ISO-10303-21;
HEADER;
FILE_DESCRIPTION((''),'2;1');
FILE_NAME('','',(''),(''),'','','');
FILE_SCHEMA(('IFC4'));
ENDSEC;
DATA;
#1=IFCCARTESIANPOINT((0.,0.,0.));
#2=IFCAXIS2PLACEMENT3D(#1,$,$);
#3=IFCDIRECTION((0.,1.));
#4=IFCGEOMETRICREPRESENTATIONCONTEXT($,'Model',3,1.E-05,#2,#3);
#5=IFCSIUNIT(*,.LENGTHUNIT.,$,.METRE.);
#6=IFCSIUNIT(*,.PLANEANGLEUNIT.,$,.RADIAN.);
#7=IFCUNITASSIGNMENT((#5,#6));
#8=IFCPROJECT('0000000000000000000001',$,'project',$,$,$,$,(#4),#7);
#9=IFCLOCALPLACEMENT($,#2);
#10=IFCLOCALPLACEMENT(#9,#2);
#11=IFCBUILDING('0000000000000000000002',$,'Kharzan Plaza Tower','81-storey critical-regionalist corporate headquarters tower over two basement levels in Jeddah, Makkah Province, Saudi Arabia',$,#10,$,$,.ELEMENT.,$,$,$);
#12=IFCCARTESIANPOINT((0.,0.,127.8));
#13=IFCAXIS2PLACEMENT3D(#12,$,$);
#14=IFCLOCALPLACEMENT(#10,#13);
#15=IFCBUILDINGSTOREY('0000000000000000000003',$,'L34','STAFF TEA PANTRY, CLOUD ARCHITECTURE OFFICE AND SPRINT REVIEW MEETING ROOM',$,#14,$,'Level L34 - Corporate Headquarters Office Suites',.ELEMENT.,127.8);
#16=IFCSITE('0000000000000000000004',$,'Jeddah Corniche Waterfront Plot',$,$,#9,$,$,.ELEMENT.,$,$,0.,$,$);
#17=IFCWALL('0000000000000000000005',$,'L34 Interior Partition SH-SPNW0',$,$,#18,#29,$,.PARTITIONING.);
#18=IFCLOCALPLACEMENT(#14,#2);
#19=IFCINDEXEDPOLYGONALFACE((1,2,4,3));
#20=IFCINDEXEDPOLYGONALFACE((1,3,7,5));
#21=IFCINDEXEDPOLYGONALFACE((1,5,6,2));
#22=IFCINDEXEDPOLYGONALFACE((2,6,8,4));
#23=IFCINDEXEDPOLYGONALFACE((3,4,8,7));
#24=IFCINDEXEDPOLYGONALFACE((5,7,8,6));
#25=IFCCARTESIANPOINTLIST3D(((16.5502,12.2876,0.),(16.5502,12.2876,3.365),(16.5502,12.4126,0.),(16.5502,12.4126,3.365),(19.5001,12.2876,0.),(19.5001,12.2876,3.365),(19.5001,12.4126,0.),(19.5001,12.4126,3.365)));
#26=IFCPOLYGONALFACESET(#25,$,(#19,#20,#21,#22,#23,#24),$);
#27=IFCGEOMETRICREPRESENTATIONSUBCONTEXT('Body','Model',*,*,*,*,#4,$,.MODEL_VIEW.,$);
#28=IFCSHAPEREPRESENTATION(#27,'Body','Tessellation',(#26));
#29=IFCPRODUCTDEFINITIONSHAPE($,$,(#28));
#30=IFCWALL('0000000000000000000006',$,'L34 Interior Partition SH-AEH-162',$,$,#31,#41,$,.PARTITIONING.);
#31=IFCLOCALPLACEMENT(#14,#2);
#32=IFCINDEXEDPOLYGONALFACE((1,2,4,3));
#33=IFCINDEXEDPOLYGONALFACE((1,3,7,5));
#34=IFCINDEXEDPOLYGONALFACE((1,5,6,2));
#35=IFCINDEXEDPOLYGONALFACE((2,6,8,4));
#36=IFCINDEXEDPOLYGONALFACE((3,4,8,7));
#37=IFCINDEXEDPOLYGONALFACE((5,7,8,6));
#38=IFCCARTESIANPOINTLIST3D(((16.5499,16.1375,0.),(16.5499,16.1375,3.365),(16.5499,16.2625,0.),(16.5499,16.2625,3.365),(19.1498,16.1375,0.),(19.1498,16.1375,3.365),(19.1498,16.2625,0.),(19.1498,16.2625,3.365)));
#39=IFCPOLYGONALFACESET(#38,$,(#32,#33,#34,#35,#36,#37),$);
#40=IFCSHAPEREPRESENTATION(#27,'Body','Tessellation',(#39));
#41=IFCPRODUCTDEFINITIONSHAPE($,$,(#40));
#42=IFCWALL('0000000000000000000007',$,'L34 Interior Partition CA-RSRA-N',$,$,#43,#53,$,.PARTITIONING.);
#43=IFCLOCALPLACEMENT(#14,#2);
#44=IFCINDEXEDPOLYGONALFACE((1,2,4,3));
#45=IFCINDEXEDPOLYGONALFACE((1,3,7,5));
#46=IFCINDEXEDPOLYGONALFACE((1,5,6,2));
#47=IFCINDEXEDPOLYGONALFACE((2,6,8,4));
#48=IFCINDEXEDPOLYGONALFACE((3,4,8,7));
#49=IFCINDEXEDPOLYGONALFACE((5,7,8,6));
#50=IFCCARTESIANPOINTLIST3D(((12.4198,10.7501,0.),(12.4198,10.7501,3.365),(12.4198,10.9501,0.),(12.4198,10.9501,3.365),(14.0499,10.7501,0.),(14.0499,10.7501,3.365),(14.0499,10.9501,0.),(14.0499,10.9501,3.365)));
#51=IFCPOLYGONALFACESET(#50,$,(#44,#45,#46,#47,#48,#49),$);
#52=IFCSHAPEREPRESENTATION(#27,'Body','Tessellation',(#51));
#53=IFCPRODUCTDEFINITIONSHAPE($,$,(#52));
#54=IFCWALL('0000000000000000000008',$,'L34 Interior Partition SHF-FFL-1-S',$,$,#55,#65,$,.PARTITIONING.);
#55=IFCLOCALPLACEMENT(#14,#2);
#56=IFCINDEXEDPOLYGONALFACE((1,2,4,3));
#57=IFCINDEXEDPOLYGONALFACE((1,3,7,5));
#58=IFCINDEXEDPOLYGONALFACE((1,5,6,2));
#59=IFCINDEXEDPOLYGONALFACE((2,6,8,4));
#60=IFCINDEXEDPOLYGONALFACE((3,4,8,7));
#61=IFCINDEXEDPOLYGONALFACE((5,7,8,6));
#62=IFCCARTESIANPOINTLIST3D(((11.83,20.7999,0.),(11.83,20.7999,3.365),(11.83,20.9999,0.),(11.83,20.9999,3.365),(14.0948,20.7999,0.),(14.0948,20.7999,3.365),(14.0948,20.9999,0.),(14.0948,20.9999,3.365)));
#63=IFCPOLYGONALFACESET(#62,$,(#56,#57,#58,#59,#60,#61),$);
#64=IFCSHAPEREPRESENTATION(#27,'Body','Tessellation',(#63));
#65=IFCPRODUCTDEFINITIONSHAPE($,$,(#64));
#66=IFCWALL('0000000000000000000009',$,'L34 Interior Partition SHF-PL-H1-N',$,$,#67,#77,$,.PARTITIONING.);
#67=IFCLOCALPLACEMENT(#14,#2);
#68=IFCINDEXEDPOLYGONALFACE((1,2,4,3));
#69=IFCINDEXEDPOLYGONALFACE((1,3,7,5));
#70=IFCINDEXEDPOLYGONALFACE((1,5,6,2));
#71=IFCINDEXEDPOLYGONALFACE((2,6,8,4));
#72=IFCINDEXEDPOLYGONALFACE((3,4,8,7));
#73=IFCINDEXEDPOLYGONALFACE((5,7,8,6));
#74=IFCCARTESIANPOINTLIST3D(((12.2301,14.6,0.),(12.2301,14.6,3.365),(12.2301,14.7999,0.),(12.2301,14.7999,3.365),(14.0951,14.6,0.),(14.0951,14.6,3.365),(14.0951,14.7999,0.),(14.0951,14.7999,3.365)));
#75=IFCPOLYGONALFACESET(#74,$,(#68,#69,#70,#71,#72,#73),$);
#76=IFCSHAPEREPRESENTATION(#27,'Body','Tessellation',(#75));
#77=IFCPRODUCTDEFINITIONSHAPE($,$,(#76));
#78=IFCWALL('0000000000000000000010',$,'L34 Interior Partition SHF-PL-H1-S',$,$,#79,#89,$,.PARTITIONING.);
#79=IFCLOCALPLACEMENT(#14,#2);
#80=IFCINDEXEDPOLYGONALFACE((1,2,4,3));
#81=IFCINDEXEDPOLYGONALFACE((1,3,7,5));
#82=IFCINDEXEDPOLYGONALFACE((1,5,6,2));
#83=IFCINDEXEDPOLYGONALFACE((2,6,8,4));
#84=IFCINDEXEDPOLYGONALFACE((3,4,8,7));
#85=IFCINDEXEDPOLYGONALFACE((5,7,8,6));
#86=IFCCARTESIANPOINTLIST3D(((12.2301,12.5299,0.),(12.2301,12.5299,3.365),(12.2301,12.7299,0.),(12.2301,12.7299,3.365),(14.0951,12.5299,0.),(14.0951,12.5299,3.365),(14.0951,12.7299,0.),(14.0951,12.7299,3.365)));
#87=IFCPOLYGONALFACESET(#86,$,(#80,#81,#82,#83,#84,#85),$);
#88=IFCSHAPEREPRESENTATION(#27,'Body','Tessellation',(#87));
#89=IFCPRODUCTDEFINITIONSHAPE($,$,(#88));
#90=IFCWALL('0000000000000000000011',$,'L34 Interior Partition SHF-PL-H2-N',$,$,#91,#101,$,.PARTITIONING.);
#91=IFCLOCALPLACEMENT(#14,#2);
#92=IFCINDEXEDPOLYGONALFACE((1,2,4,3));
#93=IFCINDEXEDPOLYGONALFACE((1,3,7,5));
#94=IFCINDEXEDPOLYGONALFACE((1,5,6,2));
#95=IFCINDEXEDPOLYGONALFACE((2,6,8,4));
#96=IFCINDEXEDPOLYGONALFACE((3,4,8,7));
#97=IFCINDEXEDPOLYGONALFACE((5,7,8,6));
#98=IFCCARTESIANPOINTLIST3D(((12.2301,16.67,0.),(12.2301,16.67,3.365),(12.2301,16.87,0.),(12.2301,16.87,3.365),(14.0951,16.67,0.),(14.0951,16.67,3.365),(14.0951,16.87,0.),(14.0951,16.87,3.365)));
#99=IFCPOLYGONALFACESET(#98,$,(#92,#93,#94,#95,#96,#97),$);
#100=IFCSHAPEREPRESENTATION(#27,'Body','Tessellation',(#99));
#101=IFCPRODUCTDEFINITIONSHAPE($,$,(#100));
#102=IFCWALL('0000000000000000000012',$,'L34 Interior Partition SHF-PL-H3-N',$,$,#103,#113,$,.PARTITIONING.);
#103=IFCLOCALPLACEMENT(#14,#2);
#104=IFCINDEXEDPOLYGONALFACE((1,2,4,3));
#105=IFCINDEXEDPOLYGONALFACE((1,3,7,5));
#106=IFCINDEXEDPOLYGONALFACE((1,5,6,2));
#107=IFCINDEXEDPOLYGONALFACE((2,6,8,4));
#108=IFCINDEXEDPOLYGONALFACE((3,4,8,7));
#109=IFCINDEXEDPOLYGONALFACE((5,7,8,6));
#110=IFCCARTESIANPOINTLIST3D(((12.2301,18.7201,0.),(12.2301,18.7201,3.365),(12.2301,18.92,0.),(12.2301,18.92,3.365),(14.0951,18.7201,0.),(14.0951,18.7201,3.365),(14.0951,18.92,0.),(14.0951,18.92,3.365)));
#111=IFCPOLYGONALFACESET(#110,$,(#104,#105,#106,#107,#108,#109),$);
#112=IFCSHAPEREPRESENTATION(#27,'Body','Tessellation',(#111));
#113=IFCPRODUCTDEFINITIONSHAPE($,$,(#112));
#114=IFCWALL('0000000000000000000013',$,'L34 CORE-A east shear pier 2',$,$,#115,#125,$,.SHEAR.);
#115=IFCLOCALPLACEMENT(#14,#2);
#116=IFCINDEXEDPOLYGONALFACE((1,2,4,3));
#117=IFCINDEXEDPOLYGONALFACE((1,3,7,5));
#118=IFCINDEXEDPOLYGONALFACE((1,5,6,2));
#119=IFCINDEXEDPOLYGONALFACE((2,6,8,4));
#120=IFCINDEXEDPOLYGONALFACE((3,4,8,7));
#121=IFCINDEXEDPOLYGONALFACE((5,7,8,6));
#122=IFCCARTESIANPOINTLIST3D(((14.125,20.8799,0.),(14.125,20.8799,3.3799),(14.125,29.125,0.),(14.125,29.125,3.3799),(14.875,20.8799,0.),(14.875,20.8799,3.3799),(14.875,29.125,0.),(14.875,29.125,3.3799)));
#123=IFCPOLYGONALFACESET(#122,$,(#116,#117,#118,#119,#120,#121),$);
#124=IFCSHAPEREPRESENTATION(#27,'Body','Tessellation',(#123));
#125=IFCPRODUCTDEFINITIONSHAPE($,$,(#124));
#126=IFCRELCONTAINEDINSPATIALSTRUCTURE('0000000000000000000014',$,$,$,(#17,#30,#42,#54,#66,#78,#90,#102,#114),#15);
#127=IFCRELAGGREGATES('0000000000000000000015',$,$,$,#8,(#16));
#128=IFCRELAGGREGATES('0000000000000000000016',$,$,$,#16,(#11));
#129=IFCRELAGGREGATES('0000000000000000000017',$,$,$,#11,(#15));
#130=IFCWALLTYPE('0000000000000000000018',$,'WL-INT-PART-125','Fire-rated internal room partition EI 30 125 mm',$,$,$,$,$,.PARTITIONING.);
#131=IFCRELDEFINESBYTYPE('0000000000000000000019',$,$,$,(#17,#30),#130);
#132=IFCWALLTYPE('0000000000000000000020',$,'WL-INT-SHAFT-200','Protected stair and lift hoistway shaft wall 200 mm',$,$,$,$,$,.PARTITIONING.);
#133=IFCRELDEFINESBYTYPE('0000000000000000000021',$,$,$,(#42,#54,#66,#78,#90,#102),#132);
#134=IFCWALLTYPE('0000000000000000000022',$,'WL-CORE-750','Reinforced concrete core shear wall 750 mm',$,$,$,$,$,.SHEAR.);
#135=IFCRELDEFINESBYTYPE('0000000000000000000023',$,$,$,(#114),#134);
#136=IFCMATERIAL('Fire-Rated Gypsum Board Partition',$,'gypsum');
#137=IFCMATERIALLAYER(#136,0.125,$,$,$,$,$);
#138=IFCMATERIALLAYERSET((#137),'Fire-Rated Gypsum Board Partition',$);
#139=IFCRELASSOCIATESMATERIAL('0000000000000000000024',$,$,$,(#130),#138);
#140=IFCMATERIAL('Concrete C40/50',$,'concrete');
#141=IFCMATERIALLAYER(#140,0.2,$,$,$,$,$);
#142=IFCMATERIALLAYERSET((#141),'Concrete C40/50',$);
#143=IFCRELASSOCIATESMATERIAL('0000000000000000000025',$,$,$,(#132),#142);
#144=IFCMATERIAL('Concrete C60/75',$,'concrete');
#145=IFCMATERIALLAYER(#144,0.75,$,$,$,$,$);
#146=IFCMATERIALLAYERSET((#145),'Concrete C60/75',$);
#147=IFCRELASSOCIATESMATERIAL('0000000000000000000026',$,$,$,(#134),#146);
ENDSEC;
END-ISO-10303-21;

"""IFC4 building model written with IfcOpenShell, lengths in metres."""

from ifc_helpers import new_model, si_unit, direction, frame, frame_2d, origin, place, context, subcontext, project, spatial, rectangle, extrude, source, transform, mapped, material, layer, layer_set, type_object, element, save


model = new_model("IFC4")

# Units and contexts
model_context = context("Model", 3, precision=1e-05, world=origin(), true_north=direction((0.0, 1.0)))
body_context = subcontext(model_context, "Body", "Model", "MODEL_VIEW")
ifc_project = project(units=[si_unit("LENGTHUNIT", "METRE"), si_unit("PLANEANGLEUNIT", "RADIAN")], contexts=[model_context])

# Site, building, storey
site_placement = place(None, origin())
site = spatial("IfcSite", under=ifc_project, at=site_placement, Name="Jeddah Corniche Waterfront Plot", CompositionType="ELEMENT", RefElevation=0.0)
building_placement = place(site_placement, origin())
building = spatial("IfcBuilding", under=site, at=building_placement, Name="Kharzan Plaza Tower", Description="81-storey critical-regionalist corporate headquarters tower over two basement levels in Jeddah, Makkah Province, Saudi Arabia", CompositionType="ELEMENT")
storey_placement = place(building_placement, frame((0.0, 0.0, 127.8)))
storey = spatial("IfcBuildingStorey", under=building, at=storey_placement, Name="L34", Description="STAFF TEA PANTRY, CLOUD ARCHITECTURE OFFICE AND SPRINT REVIEW MEETING ROOM", LongName="Level L34 - Corporate Headquarters Office Suites", CompositionType="ELEMENT", Elevation=127.8)

# Shared definitions
ifc_material_1 = material(Name="Concrete C60/75", Category="concrete")

# Shared definitions
ifc_material_2 = material(Name="Fire-Rated Gypsum Board Partition", Category="gypsum")
ifc_layer_1 = layer(ifc_material_2, 0.125)
ifc_layer_set_1 = layer_set([ifc_layer_1], Name="Fire-Rated Gypsum Board Partition")
wall_type_1 = type_object("IfcWallType", Name="WL-INT-PART-125", Description="Fire-rated internal room partition EI 30 125 mm", PredefinedType="PARTITIONING", material=ifc_layer_set_1)
ifc_material_3 = material(Name="Concrete C40/50", Category="concrete")
ifc_layer_2 = layer(ifc_material_3, 0.2)
ifc_layer_set_2 = layer_set([ifc_layer_2], Name="Concrete C40/50")
wall_type_2 = type_object("IfcWallType", Name="WL-INT-SHAFT-200", Description="Protected stair and lift hoistway shaft wall 200 mm", PredefinedType="PARTITIONING", material=ifc_layer_set_2)

# Walls
shared_shape_1 = source(origin(), body_context, "Body", "SweptSolid", [
    extrude(rectangle(XDim=2.95, YDim=0.125, at=frame_2d((1.4751, 0.0))), origin(), (0.0, 0.0, 1.0), 3.365),
])
wall_1_placement = place(storey_placement, frame((16.55, 12.3501, 0.0), z_axis=(0.0, 0.0, 1.0), x_axis=(1.0, 0.0, 0.0)))
element("IfcWall", 1, at=wall_1_placement, inside=storey, type_object=wall_type_1, Name="L34 Interior Partition SH-SPNW0", PredefinedType="PARTITIONING", context=body_context, shape_type="MappedRepresentation", body=[
    mapped(shared_shape_1, transform((0.0, 0.0, 0.0), x_axis=(1.0, 0.0, 0.0), y_axis=(0.0, 1.0, 0.0), z_axis=(0.0, 0.0, 1.0))),
])
shared_shape_2 = source(origin(), body_context, "Body", "SweptSolid", [
    extrude(rectangle(XDim=2.5999, YDim=0.125, at=frame_2d((1.2998, 0.0))), origin(), (0.0, 0.0, 1.0), 3.365),
])
wall_2_placement = place(storey_placement, frame((16.55, 16.2, 0.0), z_axis=(0.0, 0.0, 1.0), x_axis=(1.0, 0.0, 0.0)))
element("IfcWall", 2, at=wall_2_placement, inside=storey, type_object=wall_type_1, Name="L34 Interior Partition SH-AEH-162", PredefinedType="PARTITIONING", context=body_context, shape_type="MappedRepresentation", body=[
    mapped(shared_shape_2, transform((0.0, 0.0, 0.0), x_axis=(1.0, 0.0, 0.0), y_axis=(0.0, 1.0, 0.0), z_axis=(0.0, 0.0, 1.0))),
])
shared_shape_3 = source(origin(), body_context, "Body", "SweptSolid", [
    extrude(rectangle(XDim=1.6301, YDim=0.2, at=frame_2d((0.8149, 0.0))), origin(), (0.0, 0.0, 1.0), 3.365),
])
wall_3_placement = place(storey_placement, frame((12.4199, 10.8501, 0.0), z_axis=(0.0, 0.0, 1.0), x_axis=(1.0, 0.0, 0.0)))
element("IfcWall", 3, at=wall_3_placement, inside=storey, type_object=wall_type_2, Name="L34 Interior Partition CA-RSRA-N", PredefinedType="PARTITIONING", context=body_context, shape_type="MappedRepresentation", body=[
    mapped(shared_shape_3, transform((0.0, 0.0, 0.0), x_axis=(1.0, 0.0, 0.0), y_axis=(0.0, 1.0, 0.0), z_axis=(0.0, 0.0, 1.0))),
])
shared_shape_4 = source(origin(), body_context, "Body", "SweptSolid", [
    extrude(rectangle(XDim=2.2649, YDim=0.2, at=frame_2d((1.1323, 0.0))), origin(), (0.0, 0.0, 1.0), 3.365),
])
wall_4_placement = place(storey_placement, frame((11.8301, 20.8999, 0.0), z_axis=(0.0, 0.0, 1.0), x_axis=(1.0, 0.0, 0.0)))
element("IfcWall", 4, at=wall_4_placement, inside=storey, type_object=wall_type_2, Name="L34 Interior Partition SHF-FFL-1-S", PredefinedType="PARTITIONING", context=body_context, shape_type="MappedRepresentation", body=[
    mapped(shared_shape_4, transform((0.0, 0.0, 0.0), x_axis=(1.0, 0.0, 0.0), y_axis=(0.0, 1.0, 0.0), z_axis=(0.0, 0.0, 1.0))),
])
shared_shape_5 = source(origin(), body_context, "Body", "SweptSolid", [
    extrude(rectangle(XDim=1.865, YDim=0.2, at=frame_2d((0.9326, 0.0))), origin(), (0.0, 0.0, 1.0), 3.365),
])
for number, where, z_axis, x_axis, name in (
    (5, (12.23, 14.7, 0.0), (0.0, 0.0, 1.0), (1.0, 0.0, 0.0), "L34 Interior Partition SHF-PL-H1-N"),
    (6, (12.23, 12.6299, 0.0), (0.0, 0.0, 1.0), (1.0, 0.0, 0.0), "L34 Interior Partition SHF-PL-H1-S"),
    (7, (12.23, 16.77, 0.0), (0.0, 0.0, 1.0), (1.0, 0.0, 0.0), "L34 Interior Partition SHF-PL-H2-N"),
    (8, (12.23, 18.8201, 0.0), (0.0, 0.0, 1.0), (1.0, 0.0, 0.0), "L34 Interior Partition SHF-PL-H3-N"),
):
    element("IfcWall", number, at=place(storey_placement, frame(where, z_axis=z_axis, x_axis=x_axis)), inside=storey, type_object=wall_type_2, Name=name, PredefinedType="PARTITIONING", context=body_context, shape_type="MappedRepresentation", body=[
        mapped(shared_shape_5, transform((0.0, 0.0, 0.0), x_axis=(1.0, 0.0, 0.0), y_axis=(0.0, 1.0, 0.0), z_axis=(0.0, 0.0, 1.0))),
    ])
ifc_layer_3 = layer(ifc_material_1, 0.75)
ifc_layer_set_3 = layer_set([ifc_layer_3], Name="Concrete C60/75")
wall_type_3 = type_object("IfcWallType", Name="WL-CORE-750", Description="Reinforced concrete core shear wall 750 mm", PredefinedType="SHEAR", material=ifc_layer_set_3)
shared_shape_6 = source(origin(), body_context, "Body", "SweptSolid", [
    extrude(rectangle(XDim=8.2451, YDim=0.75, at=frame_2d((4.1226, 0.0))), origin(), (0.0, 0.0, 1.0), 3.3799),
])
wall_5_placement = place(storey_placement, frame((14.5, 20.8799, 0.0), z_axis=(0.0, 0.0, 1.0), x_axis=(0.0, 1.0, 0.0)))
element("IfcWall", 9, at=wall_5_placement, inside=storey, type_object=wall_type_3, Name="L34 CORE-A east shear pier 2", PredefinedType="SHEAR", context=body_context, shape_type="MappedRepresentation", body=[
    mapped(shared_shape_6, transform((0.0, 0.0, 0.0), x_axis=(1.0, 0.0, 0.0), y_axis=(0.0, 1.0, 0.0), z_axis=(0.0, 0.0, 1.0))),
])

save(model, "model.ifc")
